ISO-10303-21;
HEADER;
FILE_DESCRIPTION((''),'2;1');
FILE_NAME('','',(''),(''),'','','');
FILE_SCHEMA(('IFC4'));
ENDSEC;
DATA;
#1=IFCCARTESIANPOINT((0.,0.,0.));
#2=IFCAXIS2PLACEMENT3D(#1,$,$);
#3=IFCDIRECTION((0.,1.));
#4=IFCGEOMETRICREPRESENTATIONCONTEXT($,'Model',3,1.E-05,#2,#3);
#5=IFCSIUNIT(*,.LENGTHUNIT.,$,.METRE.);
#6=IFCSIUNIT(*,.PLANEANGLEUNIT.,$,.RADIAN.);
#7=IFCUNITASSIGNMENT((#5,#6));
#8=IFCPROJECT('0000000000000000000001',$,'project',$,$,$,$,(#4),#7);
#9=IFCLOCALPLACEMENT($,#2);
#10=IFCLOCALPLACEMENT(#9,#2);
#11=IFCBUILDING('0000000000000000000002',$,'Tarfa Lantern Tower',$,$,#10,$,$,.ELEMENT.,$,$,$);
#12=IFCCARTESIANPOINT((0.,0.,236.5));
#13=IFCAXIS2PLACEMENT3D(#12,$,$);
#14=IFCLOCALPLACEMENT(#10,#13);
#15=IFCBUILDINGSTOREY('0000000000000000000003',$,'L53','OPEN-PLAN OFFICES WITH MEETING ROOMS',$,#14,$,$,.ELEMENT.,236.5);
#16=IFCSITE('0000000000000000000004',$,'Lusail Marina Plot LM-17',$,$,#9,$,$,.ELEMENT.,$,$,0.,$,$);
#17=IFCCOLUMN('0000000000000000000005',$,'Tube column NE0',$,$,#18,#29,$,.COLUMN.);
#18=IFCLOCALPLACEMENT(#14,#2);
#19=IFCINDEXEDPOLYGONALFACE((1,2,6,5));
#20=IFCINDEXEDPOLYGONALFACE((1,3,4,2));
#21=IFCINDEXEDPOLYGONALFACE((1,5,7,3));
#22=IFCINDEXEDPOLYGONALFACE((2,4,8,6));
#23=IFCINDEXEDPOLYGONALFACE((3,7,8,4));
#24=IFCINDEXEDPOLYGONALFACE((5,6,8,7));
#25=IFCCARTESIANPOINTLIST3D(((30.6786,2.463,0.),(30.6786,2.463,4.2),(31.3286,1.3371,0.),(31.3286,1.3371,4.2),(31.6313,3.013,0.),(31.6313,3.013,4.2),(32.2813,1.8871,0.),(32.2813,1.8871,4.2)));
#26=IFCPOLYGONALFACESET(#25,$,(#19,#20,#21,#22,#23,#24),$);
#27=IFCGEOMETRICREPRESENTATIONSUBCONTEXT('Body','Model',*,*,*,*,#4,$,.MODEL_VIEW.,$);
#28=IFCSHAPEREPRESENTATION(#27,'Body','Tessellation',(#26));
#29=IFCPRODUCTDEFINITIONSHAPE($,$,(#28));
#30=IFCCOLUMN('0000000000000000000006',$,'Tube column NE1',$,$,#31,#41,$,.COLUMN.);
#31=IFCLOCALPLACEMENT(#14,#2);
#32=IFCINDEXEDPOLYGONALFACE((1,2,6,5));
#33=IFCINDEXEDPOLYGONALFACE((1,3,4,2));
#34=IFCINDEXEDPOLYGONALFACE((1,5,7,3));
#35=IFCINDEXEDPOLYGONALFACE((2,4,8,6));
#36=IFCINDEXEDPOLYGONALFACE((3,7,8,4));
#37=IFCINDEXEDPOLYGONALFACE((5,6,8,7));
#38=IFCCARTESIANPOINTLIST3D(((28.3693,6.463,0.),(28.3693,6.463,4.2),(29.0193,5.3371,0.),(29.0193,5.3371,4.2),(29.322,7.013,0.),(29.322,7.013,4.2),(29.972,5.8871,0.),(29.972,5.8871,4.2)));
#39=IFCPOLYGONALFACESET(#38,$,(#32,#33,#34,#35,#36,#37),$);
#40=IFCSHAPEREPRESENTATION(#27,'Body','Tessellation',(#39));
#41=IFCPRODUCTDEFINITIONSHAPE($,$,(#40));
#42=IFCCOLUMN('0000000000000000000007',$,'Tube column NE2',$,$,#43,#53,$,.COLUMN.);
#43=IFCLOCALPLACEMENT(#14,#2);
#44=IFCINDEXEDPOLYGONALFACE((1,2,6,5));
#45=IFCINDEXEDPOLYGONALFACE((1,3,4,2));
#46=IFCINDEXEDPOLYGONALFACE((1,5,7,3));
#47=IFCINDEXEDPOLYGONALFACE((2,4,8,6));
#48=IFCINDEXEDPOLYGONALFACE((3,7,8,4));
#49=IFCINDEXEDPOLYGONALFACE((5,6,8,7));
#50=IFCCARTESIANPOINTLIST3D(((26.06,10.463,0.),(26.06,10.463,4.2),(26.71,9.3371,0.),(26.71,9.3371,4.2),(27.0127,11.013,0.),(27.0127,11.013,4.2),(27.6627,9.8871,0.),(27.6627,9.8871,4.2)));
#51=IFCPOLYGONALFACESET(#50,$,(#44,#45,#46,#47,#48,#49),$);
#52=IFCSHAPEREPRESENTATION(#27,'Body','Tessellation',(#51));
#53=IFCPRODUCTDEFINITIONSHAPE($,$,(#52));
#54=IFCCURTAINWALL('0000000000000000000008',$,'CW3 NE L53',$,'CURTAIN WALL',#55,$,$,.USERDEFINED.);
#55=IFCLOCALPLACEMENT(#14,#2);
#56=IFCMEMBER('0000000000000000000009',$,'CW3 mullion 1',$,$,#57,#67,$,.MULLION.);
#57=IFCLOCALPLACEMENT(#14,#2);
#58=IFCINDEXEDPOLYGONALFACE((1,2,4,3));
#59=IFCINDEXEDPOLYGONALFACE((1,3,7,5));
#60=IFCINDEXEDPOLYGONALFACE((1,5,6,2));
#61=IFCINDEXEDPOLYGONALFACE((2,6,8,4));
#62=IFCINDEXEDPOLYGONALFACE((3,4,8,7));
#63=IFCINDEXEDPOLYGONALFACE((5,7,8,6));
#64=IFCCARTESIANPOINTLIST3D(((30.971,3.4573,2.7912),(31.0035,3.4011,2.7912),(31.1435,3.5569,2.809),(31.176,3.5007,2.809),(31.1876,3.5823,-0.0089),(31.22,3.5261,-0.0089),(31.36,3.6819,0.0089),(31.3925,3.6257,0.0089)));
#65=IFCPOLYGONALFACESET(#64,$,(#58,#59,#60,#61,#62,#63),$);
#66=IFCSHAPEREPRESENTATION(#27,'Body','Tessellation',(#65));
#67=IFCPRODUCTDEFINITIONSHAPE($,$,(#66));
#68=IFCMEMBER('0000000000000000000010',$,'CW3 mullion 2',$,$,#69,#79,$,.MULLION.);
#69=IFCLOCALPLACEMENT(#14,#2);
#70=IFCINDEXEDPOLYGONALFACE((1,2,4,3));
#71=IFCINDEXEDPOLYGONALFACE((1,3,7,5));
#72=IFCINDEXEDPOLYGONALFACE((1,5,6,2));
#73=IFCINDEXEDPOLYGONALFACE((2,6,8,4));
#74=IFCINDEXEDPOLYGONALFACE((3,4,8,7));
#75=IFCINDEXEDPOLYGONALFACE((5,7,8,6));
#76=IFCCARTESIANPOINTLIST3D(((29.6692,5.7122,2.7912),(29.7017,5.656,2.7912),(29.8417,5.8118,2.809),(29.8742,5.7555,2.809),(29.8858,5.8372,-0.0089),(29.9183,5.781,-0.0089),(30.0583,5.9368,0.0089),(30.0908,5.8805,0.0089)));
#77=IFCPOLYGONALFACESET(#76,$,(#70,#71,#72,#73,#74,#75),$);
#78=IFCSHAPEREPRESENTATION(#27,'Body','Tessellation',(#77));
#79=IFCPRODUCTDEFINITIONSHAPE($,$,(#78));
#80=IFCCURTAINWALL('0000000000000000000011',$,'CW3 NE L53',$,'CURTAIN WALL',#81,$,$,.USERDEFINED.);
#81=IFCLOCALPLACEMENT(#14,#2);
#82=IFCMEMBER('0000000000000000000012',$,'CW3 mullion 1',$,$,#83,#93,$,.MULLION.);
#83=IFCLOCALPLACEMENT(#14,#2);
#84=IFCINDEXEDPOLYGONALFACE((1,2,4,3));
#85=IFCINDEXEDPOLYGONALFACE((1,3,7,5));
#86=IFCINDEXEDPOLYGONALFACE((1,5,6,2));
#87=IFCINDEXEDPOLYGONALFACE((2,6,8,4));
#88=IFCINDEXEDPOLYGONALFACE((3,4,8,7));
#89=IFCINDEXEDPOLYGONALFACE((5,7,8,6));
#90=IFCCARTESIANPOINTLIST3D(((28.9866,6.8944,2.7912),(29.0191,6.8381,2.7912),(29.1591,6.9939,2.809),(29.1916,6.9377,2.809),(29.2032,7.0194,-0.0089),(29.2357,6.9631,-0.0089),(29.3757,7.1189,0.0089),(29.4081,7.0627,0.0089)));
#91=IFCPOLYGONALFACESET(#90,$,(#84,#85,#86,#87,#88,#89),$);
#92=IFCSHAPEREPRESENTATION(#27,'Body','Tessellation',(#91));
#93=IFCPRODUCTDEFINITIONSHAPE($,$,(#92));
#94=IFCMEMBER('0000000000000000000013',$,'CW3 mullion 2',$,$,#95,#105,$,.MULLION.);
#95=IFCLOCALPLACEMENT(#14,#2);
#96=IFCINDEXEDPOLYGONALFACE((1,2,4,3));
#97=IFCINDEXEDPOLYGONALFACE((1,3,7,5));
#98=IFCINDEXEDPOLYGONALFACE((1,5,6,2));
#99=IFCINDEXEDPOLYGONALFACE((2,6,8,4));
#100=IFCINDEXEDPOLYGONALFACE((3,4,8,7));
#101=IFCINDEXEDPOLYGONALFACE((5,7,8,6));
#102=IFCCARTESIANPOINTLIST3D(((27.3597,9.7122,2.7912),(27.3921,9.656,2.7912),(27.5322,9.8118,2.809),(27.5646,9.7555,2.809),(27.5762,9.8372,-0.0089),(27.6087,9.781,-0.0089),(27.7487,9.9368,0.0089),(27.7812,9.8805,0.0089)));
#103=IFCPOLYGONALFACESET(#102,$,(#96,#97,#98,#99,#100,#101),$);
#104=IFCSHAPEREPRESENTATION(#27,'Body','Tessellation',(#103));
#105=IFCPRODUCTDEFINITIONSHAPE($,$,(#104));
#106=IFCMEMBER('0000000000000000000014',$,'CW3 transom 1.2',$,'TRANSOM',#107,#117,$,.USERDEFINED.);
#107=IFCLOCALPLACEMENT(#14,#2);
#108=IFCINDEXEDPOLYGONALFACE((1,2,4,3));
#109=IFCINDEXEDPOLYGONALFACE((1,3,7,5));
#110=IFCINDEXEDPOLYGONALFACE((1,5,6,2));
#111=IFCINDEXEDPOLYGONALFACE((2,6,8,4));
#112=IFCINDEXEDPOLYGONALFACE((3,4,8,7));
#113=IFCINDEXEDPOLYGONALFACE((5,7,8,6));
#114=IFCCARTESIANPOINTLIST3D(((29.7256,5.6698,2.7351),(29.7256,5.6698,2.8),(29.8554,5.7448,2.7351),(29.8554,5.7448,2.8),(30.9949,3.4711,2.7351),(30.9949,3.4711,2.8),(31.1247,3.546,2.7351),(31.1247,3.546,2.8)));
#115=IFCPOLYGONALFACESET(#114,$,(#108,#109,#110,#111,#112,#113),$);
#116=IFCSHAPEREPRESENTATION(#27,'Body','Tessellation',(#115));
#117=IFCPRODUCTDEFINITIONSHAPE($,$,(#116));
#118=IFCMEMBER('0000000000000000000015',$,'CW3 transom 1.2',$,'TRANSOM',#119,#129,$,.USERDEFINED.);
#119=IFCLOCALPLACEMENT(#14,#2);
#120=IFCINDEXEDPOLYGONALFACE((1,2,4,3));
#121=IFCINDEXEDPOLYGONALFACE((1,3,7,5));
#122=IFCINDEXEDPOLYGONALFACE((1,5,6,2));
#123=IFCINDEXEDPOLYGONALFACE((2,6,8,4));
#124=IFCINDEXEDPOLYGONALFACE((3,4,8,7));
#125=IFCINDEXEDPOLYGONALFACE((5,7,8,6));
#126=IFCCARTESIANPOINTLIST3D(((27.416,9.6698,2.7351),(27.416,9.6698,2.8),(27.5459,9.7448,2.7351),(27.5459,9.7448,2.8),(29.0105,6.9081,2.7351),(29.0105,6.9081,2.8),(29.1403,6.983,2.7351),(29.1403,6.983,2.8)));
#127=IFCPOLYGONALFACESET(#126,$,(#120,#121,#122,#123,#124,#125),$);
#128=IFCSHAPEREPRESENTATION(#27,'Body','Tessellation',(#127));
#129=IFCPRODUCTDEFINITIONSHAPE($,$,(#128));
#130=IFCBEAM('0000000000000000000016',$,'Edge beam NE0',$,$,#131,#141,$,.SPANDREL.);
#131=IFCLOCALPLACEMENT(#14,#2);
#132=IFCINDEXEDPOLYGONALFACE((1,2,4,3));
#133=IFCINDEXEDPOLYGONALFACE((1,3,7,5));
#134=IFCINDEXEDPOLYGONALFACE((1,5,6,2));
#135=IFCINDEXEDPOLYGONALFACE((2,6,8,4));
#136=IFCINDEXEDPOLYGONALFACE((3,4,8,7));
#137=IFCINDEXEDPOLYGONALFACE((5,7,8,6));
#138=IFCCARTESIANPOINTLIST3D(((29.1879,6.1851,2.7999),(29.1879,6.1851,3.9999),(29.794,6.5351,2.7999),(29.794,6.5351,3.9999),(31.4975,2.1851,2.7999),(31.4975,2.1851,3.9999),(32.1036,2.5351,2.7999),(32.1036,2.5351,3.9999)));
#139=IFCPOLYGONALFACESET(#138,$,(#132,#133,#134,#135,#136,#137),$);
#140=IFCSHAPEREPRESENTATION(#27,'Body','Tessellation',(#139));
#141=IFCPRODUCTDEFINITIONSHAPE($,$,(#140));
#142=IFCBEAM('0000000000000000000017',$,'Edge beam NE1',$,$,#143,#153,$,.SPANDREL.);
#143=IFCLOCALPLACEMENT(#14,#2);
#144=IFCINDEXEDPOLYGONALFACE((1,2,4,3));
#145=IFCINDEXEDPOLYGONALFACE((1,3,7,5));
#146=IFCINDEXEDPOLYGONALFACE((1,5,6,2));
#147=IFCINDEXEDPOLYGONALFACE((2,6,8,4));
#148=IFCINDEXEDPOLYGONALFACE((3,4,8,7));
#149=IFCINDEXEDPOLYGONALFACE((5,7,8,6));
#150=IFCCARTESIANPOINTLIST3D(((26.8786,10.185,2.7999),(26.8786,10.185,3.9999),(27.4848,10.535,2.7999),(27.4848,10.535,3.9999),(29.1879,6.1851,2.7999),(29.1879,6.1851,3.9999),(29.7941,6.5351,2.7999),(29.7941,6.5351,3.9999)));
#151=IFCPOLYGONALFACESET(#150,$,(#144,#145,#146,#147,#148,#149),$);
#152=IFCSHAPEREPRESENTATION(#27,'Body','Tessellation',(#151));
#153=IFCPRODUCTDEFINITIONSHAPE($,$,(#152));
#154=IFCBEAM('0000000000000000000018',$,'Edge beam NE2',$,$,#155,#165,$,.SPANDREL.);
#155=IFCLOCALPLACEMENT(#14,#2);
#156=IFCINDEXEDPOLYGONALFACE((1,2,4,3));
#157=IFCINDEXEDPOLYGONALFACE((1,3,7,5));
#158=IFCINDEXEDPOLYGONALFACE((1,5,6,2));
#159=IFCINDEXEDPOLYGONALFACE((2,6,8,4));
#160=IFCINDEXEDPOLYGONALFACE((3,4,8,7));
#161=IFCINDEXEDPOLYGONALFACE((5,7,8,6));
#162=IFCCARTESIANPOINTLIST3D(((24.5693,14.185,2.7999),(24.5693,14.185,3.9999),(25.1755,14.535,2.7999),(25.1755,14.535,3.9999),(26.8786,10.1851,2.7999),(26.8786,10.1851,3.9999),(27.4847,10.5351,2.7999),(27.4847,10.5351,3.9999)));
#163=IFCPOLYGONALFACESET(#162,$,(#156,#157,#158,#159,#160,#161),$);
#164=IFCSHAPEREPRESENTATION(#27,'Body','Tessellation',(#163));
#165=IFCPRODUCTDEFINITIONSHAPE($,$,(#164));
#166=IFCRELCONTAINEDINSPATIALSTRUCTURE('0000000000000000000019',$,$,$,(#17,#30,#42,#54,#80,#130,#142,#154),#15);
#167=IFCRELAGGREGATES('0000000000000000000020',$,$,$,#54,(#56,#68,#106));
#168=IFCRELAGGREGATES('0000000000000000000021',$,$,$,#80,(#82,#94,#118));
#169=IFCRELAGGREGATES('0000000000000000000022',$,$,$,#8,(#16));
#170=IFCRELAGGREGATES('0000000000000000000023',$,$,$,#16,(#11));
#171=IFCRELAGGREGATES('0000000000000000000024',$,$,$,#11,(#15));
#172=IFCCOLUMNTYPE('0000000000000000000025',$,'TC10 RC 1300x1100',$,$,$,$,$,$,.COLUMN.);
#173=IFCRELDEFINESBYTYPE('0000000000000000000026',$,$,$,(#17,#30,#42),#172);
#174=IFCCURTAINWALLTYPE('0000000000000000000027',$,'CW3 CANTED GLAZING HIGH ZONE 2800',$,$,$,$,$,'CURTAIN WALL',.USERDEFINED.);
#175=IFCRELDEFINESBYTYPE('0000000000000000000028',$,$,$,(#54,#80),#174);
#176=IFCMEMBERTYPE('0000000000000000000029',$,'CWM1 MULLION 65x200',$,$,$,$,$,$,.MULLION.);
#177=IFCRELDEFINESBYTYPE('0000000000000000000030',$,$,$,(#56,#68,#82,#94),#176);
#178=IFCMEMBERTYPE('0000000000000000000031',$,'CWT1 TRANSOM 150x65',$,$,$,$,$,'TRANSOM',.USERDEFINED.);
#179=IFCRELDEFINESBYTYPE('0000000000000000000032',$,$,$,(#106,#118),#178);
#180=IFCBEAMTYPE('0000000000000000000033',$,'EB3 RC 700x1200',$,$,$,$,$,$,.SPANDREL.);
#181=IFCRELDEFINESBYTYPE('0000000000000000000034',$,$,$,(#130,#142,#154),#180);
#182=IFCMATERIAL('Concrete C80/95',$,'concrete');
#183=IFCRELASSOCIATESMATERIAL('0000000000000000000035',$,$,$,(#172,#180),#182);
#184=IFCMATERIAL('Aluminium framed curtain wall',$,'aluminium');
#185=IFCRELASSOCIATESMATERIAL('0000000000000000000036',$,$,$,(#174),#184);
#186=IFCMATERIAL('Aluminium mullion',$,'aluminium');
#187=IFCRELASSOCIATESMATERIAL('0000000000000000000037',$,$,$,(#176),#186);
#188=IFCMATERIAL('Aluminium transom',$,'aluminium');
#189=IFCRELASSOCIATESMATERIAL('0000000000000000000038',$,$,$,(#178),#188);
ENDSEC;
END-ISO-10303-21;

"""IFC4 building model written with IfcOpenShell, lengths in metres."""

from ifc_helpers import new_model, si_unit, direction, frame, origin, origin_2d, place, context, subcontext, project, spatial, rectangle, extrude, material, material_profile, profile_set, type_object, element, aggregate, save


model = new_model("IFC4")

# Units and contexts
model_context = context("Model", 3, precision=1e-05, world=origin(), true_north=direction((0.0, 1.0)))
body_context = subcontext(model_context, "Body", "Model", "MODEL_VIEW")
ifc_project = project(units=[si_unit("LENGTHUNIT", "METRE"), si_unit("PLANEANGLEUNIT", "RADIAN")], contexts=[model_context])

# Site, building, storey
site_placement = place(None, origin())
site = spatial("IfcSite", under=ifc_project, at=site_placement, Name="Lusail Marina Plot LM-17", CompositionType="ELEMENT", RefElevation=0.0)
building_placement = place(site_placement, origin())
building = spatial("IfcBuilding", under=site, at=building_placement, Name="Tarfa Lantern Tower", CompositionType="ELEMENT")
storey_placement = place(building_placement, frame((0.0, 0.0, 236.5)))
storey = spatial("IfcBuildingStorey", under=building, at=storey_placement, Name="L53", Description="OPEN-PLAN OFFICES WITH MEETING ROOMS", CompositionType="ELEMENT", Elevation=236.5)

# Columns
ifc_material_1 = material(Name="Concrete C80/95", Category="concrete")
ifc_material_profile_1 = material_profile(ifc_material_1, rectangle(XDim=1.3, YDim=1.1001, at=origin_2d()), Name="RC 1300x1100")
ifc_profile_set_1 = profile_set([ifc_material_profile_1], Name="Concrete C80/95")
column_type = type_object("IfcColumnType", Name="TC10 RC 1300x1100", PredefinedType="COLUMN", material=ifc_profile_set_1)
for number, where, z_axis, x_axis, name in (
    (1, (31.48, 2.175, 0.0), (0.0, 0.0, 1.0), (-0.5, 0.866025, 0.0), "Tube column NE0"),
    (2, (29.1707, 6.175, 0.0), (0.0, 0.0, 1.0), (-0.5, 0.866025, 0.0), "Tube column NE1"),
    (3, (26.8613, 10.175, 0.0), (0.0, 0.0, 1.0), (-0.5, 0.866025, 0.0), "Tube column NE2"),
):
    element("IfcColumn", number, at=place(storey_placement, frame(where, z_axis=z_axis, x_axis=x_axis)), inside=storey, type_object=column_type, Name=name, PredefinedType="COLUMN", context=body_context, shape_type="SweptSolid", body=[
        extrude(rectangle(XDim=1.3, YDim=1.1001, at=origin_2d()), origin(), (0.0, 0.0, 1.0), 4.2),
    ])

# Curtain walls, members
ifc_material_2 = material(Name="Aluminium framed curtain wall", Category="aluminium")
curtain_wall_type = type_object("IfcCurtainWallType", Name="CW3 CANTED GLAZING HIGH ZONE 2800", ElementType="CURTAIN WALL", PredefinedType="USERDEFINED", material=ifc_material_2)
curtain_wall_1_placement = place(storey_placement, origin())
curtain_wall_1 = element("IfcCurtainWall", 4, at=curtain_wall_1_placement, inside=storey, type_object=curtain_wall_type, Name="CW3 NE L53", ObjectType="CURTAIN WALL", PredefinedType="USERDEFINED")
ifc_material_3 = material(Name="Aluminium mullion", Category="aluminium")
ifc_material_profile_2 = material_profile(ifc_material_3, rectangle(XDim=0.0649, YDim=0.2, at=origin_2d()), Name="AL MULLION 65x200")
ifc_profile_set_2 = profile_set([ifc_material_profile_2], Name="Aluminium mullion")
member_type_1 = type_object("IfcMemberType", Name="CWM1 MULLION 65x200", PredefinedType="MULLION", material=ifc_profile_set_2)
member_1_placement = place(storey_placement, frame((31.29, 3.604, 0.0), z_axis=(-0.077032, -0.044465, 0.996037), x_axis=(0.49992, -0.866072, 0.0)))
member_1 = element("IfcMember", 5, at=member_1_placement, type_object=member_type_1, Name="CW3 mullion 1", PredefinedType="MULLION", context=body_context, shape_type="SweptSolid", body=[
    extrude(rectangle(XDim=0.0649, YDim=0.2, at=origin_2d()), origin(), (0.0, 0.0, 1.0), 2.8113),
])
member_2_placement = place(storey_placement, frame((29.9883, 5.8589, 0.0), z_axis=(-0.077032, -0.044465, 0.996037), x_axis=(0.49992, -0.866072, 0.0)))
member_2 = element("IfcMember", 6, at=member_2_placement, type_object=member_type_1, Name="CW3 mullion 2", PredefinedType="MULLION", context=body_context, shape_type="SweptSolid", body=[
    extrude(rectangle(XDim=0.0649, YDim=0.2, at=origin_2d()), origin(), (0.0, 0.0, 1.0), 2.8113),
])
curtain_wall_2_placement = place(storey_placement, origin())
curtain_wall_2 = element("IfcCurtainWall", 7, at=curtain_wall_2_placement, inside=storey, type_object=curtain_wall_type, Name="CW3 NE L53", ObjectType="CURTAIN WALL", PredefinedType="USERDEFINED")
member_3_placement = place(storey_placement, frame((29.3057, 7.041, 0.0), z_axis=(-0.077032, -0.044465, 0.996037), x_axis=(0.49992, -0.866072, 0.0)))
member_3 = element("IfcMember", 8, at=member_3_placement, type_object=member_type_1, Name="CW3 mullion 1", PredefinedType="MULLION", context=body_context, shape_type="SweptSolid", body=[
    extrude(rectangle(XDim=0.0649, YDim=0.2, at=origin_2d()), origin(), (0.0, 0.0, 1.0), 2.8113),
])
member_4_placement = place(storey_placement, frame((27.6787, 9.8589, 0.0), z_axis=(-0.077032, -0.044465, 0.996037), x_axis=(0.49992, -0.866072, 0.0)))
member_4 = element("IfcMember", 9, at=member_4_placement, type_object=member_type_1, Name="CW3 mullion 2", PredefinedType="MULLION", context=body_context, shape_type="SweptSolid", body=[
    extrude(rectangle(XDim=0.0649, YDim=0.2, at=origin_2d()), origin(), (0.0, 0.0, 1.0), 2.8113),
])

# Members
ifc_material_4 = material(Name="Aluminium transom", Category="aluminium")
ifc_material_profile_3 = material_profile(ifc_material_4, rectangle(XDim=0.1499, YDim=0.0649, at=origin_2d()), Name="AL TRANSOM 150x65")
ifc_profile_set_3 = profile_set([ifc_material_profile_3], Name="Aluminium transom")
member_type_2 = type_object("IfcMemberType", Name="CWT1 TRANSOM 150x65", ElementType="TRANSOM", PredefinedType="USERDEFINED", material=ifc_profile_set_3)
member_5_placement = place(storey_placement, frame((31.0598, 3.5085, 2.7676), z_axis=(-0.499956, 0.866051, 0.0), x_axis=(-0.866051, -0.499956, 0.0)))
member_5 = element("IfcMember", 10, at=member_5_placement, type_object=member_type_2, Name="CW3 transom 1.2", ObjectType="TRANSOM", PredefinedType="USERDEFINED", context=body_context, shape_type="SweptSolid", body=[
    extrude(rectangle(XDim=0.1499, YDim=0.0649, at=origin_2d()), origin(), (0.0, 0.0, 1.0), 2.5388),
])
member_6_placement = place(storey_placement, frame((29.0754, 6.9456, 2.7676), z_axis=(-0.500001, 0.866025, 0.0), x_axis=(-0.866025, -0.500001, 0.0)))
member_6 = element("IfcMember", 11, at=member_6_placement, type_object=member_type_2, Name="CW3 transom 1.2", ObjectType="TRANSOM", PredefinedType="USERDEFINED", context=body_context, shape_type="SweptSolid", body=[
    extrude(rectangle(XDim=0.1499, YDim=0.0649, at=origin_2d()), origin(), (0.0, 0.0, 1.0), 3.189),
])

# Beams
ifc_material_profile_4 = material_profile(ifc_material_1, rectangle(XDim=0.7, YDim=1.2, at=origin_2d()), Name="RC 700x1200")
ifc_profile_set_4 = profile_set([ifc_material_profile_4], Name="Concrete C80/95")
beam_type_1 = type_object("IfcBeamType", Name="EB3 RC 700x1200", PredefinedType="SPANDREL", material=ifc_profile_set_4)
beam_1_placement = place(storey_placement, frame((31.8005, 2.3601, 3.3999), z_axis=(-0.500027, 0.86601, 0.0), x_axis=(-0.86601, -0.500027, 0.0)))
element("IfcBeam", 12, at=beam_1_placement, inside=storey, type_object=beam_type_1, Name="Edge beam NE0", PredefinedType="SPANDREL", context=body_context, shape_type="SweptSolid", body=[
    extrude(rectangle(XDim=0.7, YDim=1.2, at=origin_2d()), origin(), (0.0, 0.0, 1.0), 4.6189),
])
for number, where, z_axis, x_axis, name in (
    (13, (29.491, 6.3601, 3.3999), (-0.499988, 0.866032, 0.0), (-0.866032, -0.499988, 0.0), "Edge beam NE1"),
    (14, (27.1816, 10.3601, 3.3999), (-0.499988, 0.866032, 0.0), (-0.866032, -0.499988, 0.0), "Edge beam NE2"),
):
    element("IfcBeam", number, at=place(storey_placement, frame(where, z_axis=z_axis, x_axis=x_axis)), inside=storey, type_object=beam_type_1, Name=name, PredefinedType="SPANDREL", context=body_context, shape_type="SweptSolid", body=[
        extrude(rectangle(XDim=0.7, YDim=1.2, at=origin_2d()), origin(), (0.0, 0.0, 1.0), 4.6187),
    ])

aggregate(curtain_wall_1, [member_1, member_2, member_5])
aggregate(curtain_wall_2, [member_3, member_4, member_6])

save(model, "model.ifc")
